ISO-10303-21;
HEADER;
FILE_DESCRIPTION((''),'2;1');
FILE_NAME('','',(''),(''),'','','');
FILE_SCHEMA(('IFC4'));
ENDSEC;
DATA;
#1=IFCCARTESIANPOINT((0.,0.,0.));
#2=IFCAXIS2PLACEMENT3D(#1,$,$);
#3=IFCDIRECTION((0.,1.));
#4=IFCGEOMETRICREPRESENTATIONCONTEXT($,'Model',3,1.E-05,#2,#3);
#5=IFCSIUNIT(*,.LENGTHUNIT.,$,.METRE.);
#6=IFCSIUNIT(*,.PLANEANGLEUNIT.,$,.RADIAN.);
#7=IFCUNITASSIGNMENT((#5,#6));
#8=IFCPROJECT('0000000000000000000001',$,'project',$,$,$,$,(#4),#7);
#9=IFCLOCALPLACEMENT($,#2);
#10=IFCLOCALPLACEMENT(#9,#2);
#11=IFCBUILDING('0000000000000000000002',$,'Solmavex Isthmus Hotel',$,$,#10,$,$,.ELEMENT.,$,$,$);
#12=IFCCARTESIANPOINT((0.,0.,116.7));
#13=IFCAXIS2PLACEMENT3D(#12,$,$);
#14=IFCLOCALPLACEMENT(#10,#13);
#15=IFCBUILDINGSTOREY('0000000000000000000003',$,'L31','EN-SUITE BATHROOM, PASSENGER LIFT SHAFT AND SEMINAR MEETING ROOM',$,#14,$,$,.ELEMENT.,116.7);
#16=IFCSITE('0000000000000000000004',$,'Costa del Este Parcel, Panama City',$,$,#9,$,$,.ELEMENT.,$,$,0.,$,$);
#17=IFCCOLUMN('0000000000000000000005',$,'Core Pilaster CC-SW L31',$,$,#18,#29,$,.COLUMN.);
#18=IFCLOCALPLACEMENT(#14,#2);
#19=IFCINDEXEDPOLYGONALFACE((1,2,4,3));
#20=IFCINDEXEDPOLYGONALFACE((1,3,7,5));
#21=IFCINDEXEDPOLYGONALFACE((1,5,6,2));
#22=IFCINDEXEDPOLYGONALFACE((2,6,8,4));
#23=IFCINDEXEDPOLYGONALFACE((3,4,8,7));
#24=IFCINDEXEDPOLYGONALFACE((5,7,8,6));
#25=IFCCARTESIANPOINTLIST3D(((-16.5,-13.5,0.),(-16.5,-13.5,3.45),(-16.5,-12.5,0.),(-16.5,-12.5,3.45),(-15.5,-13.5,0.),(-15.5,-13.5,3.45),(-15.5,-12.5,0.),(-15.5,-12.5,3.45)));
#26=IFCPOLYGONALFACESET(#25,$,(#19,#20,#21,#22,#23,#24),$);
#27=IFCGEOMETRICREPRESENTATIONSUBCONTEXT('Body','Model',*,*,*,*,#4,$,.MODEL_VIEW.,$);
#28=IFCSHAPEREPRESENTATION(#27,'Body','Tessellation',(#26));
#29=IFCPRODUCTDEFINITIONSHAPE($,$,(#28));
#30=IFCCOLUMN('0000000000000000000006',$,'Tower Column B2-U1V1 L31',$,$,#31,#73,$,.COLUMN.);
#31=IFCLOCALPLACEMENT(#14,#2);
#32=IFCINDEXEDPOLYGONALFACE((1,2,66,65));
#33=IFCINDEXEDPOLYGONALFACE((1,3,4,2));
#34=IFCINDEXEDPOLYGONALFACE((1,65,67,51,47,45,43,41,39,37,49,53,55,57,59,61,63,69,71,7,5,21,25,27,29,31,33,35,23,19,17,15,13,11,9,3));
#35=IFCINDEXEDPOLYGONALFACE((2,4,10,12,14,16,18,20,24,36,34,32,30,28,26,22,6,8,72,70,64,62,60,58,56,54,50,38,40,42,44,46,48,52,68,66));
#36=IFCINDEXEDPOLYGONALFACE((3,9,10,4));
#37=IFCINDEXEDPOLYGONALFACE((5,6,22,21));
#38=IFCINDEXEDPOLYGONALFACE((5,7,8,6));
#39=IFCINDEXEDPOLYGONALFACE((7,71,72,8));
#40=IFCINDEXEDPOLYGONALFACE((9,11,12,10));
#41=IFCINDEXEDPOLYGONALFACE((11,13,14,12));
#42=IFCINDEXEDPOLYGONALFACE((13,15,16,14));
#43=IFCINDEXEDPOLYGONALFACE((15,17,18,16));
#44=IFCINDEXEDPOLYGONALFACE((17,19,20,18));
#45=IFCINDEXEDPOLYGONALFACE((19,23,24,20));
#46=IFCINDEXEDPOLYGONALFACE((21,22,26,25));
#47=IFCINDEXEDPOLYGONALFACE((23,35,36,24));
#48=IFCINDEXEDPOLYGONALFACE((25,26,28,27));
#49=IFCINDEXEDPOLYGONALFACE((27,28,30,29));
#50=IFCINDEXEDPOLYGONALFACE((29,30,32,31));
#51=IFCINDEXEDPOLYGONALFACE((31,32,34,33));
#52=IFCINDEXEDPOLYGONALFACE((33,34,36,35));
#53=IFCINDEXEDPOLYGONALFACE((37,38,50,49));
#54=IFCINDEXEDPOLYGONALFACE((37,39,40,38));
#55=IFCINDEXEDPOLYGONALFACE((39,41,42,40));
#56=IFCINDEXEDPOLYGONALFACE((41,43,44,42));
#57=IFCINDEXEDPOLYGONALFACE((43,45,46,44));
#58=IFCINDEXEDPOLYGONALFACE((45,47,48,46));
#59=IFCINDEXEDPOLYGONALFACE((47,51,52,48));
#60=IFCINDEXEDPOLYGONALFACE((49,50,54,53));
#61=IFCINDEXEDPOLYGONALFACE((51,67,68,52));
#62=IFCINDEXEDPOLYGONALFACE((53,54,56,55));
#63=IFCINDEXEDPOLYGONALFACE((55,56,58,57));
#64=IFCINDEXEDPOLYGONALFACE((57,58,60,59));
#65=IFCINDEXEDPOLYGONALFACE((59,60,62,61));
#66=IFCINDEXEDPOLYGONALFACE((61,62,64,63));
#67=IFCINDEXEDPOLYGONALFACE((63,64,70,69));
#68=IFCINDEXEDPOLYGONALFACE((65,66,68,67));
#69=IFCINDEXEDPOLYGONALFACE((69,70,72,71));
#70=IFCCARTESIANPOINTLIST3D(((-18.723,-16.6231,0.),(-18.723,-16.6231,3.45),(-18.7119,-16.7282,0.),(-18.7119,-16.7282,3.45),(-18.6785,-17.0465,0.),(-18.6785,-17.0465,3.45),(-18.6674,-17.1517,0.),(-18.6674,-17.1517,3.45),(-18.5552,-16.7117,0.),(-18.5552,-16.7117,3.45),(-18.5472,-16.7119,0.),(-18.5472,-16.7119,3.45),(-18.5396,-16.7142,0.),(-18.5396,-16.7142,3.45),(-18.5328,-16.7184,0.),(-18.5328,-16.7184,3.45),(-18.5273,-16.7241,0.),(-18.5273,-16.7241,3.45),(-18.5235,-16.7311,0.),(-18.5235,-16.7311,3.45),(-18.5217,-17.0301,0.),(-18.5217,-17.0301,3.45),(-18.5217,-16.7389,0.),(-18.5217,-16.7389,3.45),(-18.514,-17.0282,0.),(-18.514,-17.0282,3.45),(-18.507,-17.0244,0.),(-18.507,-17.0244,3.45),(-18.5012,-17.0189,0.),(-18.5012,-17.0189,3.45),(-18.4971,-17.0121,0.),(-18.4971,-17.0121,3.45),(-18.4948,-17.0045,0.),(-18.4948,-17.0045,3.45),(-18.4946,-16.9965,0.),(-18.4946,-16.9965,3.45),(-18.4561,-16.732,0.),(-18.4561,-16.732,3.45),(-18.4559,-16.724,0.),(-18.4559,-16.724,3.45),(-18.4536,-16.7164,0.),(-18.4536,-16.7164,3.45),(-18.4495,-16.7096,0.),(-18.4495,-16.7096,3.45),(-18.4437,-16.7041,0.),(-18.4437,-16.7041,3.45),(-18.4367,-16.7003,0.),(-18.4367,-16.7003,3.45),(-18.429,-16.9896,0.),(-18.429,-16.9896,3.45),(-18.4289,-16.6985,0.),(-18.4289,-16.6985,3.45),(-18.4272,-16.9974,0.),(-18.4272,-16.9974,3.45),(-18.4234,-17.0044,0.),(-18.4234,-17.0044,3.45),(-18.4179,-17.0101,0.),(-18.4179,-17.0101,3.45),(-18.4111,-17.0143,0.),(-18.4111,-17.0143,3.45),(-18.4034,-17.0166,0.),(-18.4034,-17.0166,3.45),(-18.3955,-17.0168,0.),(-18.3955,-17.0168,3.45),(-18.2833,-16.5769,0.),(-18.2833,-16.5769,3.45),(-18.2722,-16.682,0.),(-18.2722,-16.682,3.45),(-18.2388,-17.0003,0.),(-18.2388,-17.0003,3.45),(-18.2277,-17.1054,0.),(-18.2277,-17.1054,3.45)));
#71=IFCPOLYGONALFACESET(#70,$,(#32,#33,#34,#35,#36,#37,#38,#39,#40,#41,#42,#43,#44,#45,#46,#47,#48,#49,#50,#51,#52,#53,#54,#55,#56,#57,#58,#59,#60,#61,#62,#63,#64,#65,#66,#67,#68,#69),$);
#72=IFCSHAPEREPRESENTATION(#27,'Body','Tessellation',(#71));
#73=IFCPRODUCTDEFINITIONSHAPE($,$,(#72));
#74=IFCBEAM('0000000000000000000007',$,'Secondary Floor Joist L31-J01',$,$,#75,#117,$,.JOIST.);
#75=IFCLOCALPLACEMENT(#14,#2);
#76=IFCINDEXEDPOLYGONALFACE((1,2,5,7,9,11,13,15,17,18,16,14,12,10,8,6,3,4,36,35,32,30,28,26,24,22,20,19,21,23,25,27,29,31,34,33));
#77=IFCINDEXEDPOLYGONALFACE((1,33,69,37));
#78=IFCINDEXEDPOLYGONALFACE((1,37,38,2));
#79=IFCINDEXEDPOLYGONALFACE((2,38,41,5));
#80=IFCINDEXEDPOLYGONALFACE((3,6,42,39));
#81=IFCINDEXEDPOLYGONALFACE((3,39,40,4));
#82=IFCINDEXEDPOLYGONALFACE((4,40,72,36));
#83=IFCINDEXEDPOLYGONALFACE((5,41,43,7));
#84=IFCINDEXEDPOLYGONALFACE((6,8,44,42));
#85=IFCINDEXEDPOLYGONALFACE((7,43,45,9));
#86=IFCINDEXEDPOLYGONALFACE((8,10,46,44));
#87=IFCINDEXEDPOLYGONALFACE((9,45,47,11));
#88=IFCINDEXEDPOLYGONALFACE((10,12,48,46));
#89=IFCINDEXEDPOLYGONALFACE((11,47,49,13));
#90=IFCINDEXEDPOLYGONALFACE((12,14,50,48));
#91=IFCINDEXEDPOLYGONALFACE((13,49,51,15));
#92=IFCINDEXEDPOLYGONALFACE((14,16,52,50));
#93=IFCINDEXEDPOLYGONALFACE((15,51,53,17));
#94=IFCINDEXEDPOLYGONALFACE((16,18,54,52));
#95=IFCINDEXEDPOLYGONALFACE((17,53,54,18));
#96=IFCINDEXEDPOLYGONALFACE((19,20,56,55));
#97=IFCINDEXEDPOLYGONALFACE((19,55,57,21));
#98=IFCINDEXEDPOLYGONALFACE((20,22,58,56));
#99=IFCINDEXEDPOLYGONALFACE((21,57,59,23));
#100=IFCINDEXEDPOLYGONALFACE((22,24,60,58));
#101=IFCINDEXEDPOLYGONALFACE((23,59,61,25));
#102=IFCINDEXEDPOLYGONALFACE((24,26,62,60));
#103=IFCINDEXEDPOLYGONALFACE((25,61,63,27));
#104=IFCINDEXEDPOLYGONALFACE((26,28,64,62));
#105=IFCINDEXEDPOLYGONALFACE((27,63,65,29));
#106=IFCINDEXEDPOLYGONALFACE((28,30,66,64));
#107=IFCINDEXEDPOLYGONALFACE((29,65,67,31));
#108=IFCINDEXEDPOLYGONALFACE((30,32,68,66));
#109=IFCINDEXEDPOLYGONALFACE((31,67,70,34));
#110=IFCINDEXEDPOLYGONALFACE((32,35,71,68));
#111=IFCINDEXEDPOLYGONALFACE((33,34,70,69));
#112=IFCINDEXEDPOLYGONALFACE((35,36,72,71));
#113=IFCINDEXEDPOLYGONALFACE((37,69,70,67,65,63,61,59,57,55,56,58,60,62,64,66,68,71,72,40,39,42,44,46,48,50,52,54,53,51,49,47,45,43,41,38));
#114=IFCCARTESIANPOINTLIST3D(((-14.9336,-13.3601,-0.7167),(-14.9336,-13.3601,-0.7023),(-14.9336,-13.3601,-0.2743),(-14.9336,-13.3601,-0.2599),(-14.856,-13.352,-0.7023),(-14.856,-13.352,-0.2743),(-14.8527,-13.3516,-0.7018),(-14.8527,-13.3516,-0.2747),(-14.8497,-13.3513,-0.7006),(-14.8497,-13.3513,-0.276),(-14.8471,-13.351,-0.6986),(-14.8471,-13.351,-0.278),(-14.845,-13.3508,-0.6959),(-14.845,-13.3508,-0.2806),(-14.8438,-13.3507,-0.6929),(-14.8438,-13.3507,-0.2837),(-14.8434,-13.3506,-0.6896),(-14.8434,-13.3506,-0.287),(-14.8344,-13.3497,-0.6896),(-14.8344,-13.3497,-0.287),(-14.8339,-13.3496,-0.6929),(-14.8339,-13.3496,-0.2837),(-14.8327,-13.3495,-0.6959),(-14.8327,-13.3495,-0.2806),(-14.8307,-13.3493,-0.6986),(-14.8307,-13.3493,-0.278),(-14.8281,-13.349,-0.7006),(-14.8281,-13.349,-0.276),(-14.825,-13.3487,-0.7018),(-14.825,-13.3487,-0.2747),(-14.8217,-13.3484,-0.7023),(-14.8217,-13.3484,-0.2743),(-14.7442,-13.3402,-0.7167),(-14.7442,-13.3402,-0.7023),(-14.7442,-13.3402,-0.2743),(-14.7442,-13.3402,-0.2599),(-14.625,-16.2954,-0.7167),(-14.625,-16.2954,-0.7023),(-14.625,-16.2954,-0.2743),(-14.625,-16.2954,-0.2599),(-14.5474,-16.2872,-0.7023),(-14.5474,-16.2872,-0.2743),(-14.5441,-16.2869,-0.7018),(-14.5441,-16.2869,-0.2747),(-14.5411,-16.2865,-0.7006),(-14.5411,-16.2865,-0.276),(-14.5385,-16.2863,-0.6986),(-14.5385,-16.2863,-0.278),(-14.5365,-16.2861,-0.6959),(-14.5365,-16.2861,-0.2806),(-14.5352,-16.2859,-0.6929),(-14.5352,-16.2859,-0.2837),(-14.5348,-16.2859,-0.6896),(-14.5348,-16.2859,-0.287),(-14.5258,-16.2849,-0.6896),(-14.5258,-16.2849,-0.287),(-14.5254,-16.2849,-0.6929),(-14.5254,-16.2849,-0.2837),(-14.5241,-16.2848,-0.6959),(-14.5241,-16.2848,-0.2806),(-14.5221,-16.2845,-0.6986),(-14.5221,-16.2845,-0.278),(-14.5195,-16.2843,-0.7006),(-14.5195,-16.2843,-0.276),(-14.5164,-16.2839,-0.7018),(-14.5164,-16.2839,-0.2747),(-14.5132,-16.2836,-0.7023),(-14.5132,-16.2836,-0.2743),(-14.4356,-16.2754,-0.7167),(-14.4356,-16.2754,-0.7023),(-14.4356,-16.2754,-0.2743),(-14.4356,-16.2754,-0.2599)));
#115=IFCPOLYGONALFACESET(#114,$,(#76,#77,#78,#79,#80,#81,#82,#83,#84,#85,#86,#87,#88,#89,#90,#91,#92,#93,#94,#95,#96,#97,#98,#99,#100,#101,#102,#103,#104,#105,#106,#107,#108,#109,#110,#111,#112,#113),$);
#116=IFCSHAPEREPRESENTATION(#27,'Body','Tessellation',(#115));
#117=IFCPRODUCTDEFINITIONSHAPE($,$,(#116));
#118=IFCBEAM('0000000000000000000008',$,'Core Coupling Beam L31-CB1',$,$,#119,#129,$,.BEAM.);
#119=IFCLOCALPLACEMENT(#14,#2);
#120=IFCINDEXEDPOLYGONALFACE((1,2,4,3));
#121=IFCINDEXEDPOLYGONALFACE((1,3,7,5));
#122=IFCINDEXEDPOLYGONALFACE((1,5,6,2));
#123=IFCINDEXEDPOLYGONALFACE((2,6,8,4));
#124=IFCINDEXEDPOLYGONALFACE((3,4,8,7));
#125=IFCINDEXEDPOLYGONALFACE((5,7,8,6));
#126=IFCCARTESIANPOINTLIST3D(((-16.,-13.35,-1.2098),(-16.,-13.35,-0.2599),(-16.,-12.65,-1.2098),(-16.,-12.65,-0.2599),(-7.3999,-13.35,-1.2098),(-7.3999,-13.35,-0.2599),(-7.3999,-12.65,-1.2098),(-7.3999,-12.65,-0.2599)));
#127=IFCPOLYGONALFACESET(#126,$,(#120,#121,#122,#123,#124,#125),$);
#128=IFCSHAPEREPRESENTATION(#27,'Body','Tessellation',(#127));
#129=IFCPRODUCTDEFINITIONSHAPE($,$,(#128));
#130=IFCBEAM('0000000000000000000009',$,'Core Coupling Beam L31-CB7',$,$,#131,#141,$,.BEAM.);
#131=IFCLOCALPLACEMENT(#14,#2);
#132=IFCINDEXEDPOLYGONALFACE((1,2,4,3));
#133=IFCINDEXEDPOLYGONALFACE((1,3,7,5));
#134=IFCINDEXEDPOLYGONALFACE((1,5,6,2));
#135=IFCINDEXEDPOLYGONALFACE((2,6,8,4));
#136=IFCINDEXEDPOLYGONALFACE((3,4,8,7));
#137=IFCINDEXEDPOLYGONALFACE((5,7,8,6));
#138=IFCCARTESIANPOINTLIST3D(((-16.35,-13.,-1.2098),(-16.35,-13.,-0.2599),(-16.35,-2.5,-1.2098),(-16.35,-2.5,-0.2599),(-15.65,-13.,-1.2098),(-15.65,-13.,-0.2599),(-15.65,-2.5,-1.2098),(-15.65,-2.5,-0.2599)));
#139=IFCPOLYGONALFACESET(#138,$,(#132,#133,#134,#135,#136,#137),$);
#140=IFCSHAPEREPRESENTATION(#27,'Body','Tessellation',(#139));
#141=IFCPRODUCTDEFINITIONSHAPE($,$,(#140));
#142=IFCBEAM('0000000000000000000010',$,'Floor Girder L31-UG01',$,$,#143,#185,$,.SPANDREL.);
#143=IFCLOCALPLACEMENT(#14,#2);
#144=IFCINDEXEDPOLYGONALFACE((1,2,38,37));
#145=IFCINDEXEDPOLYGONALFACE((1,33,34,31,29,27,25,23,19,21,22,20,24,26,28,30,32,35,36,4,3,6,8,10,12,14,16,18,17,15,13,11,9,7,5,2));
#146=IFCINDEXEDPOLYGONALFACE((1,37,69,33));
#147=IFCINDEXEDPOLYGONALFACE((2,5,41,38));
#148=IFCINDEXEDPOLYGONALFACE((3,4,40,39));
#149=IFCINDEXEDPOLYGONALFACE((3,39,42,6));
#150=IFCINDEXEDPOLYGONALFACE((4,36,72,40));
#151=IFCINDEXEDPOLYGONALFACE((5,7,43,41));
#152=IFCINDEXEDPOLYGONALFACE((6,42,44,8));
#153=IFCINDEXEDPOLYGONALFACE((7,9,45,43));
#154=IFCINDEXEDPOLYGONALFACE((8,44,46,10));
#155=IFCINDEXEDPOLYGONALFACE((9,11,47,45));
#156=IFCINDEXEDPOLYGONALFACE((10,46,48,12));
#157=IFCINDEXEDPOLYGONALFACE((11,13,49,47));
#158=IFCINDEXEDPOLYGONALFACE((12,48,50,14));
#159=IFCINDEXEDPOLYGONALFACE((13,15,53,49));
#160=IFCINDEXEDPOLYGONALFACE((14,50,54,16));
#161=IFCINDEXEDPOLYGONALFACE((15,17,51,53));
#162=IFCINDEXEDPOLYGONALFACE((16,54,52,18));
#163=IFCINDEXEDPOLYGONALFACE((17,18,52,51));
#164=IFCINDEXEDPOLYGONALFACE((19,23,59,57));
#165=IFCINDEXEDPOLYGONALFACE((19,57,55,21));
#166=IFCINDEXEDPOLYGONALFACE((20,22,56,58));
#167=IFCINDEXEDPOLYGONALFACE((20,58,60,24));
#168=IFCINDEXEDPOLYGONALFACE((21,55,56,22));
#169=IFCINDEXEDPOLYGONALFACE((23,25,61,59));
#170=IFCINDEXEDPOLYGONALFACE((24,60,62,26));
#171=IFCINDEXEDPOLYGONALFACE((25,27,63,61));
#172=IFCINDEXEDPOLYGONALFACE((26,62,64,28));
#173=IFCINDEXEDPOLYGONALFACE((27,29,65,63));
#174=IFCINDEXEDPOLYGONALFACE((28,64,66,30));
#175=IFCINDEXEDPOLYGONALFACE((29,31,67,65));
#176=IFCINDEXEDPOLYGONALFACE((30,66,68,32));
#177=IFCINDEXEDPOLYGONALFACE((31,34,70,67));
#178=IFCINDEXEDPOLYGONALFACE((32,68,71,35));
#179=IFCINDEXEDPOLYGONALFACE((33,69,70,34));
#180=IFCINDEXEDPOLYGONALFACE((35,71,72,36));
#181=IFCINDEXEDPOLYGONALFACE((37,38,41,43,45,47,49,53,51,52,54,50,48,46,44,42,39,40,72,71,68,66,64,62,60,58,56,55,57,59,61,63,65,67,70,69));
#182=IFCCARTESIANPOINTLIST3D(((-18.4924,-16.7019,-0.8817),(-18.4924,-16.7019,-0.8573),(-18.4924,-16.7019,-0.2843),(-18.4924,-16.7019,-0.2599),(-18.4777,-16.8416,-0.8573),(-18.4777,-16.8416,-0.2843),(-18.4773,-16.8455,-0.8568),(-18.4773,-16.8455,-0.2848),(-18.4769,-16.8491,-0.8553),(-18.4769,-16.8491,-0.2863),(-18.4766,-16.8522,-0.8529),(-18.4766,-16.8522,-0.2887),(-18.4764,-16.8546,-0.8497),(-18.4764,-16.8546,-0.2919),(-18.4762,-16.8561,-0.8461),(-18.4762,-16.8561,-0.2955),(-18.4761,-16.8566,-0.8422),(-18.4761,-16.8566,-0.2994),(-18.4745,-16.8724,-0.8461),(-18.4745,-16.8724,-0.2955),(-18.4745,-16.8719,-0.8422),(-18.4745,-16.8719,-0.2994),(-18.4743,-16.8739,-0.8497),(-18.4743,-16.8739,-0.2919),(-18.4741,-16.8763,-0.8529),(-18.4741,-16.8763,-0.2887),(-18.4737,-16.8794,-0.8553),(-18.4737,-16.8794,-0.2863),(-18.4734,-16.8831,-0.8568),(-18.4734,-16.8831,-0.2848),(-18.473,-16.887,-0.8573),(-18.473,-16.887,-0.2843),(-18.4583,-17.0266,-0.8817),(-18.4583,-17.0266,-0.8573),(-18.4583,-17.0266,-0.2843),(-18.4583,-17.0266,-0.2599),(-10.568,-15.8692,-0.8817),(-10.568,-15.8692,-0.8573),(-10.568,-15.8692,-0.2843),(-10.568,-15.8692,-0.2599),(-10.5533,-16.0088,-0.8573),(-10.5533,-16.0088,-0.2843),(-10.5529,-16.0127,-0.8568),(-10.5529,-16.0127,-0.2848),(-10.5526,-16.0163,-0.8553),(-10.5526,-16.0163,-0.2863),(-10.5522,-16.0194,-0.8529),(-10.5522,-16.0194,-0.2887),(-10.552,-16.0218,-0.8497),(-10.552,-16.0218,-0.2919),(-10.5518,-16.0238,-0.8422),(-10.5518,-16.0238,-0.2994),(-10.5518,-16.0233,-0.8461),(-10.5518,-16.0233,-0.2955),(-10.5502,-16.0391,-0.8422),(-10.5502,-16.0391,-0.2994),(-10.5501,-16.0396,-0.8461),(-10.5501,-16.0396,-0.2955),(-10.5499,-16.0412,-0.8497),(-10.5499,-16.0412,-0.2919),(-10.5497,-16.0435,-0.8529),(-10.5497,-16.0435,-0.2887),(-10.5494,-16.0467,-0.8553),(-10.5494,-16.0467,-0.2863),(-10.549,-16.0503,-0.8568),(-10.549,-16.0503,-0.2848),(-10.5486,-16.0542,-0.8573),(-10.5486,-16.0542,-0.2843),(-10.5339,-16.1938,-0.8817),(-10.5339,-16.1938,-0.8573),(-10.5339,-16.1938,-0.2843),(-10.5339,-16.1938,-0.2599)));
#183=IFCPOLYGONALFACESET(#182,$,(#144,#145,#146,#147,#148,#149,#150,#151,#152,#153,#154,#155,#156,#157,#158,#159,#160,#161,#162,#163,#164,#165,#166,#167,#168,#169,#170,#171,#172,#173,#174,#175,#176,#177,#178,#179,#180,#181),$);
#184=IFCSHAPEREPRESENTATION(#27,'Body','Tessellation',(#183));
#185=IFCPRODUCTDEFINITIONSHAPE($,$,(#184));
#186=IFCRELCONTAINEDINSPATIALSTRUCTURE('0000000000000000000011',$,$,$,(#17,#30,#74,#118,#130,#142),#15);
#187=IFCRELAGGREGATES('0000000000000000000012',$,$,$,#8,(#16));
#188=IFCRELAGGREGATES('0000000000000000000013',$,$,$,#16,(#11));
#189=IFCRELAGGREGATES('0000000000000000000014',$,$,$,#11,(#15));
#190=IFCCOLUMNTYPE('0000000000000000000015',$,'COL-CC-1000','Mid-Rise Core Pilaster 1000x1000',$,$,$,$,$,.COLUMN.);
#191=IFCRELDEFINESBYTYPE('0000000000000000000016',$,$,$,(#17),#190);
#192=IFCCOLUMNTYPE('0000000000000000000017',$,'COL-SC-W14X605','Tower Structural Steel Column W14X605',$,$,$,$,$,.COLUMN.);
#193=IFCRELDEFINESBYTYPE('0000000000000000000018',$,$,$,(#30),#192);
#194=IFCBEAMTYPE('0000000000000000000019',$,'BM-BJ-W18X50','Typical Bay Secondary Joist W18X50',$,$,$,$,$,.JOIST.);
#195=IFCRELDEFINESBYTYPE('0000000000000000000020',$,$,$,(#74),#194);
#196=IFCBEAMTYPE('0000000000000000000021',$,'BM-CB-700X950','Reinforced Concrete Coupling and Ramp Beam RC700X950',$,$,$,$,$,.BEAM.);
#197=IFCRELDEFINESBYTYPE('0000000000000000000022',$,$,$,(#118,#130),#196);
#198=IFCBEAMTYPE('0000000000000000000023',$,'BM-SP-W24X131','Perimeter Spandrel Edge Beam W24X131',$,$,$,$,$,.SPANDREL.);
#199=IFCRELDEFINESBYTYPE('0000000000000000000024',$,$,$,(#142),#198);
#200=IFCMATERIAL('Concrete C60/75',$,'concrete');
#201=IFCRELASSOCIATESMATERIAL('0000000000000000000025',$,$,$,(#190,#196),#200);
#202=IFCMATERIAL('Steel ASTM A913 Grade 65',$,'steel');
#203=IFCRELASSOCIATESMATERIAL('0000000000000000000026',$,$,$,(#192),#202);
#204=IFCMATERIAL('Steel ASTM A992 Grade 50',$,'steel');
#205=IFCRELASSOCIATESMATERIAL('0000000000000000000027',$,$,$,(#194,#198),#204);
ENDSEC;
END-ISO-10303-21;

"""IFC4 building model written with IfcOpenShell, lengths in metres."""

from ifc_helpers import new_model, si_unit, direction, frame, origin, origin_2d, place, context, subcontext, project, spatial, rectangle, i_section, extrude, material, material_profile, profile_set, type_object, element, save


model = new_model("IFC4")

# Units and contexts
model_context = context("Model", 3, precision=1e-05, world=origin(), true_north=direction((0.0, 1.0)))
body_context = subcontext(model_context, "Body", "Model", "MODEL_VIEW")
ifc_project = project(units=[si_unit("LENGTHUNIT", "METRE"), si_unit("PLANEANGLEUNIT", "RADIAN")], contexts=[model_context])

# Site, building, storey
site_placement = place(None, origin())
site = spatial("IfcSite", under=ifc_project, at=site_placement, Name="Costa del Este Parcel, Panama City", CompositionType="ELEMENT", RefElevation=0.0)
building_placement = place(site_placement, origin())
building = spatial("IfcBuilding", under=site, at=building_placement, Name="Solmavex Isthmus Hotel", CompositionType="ELEMENT")
storey_placement = place(building_placement, frame((0.0, 0.0, 116.7)))
storey = spatial("IfcBuildingStorey", under=building, at=storey_placement, Name="L31", Description="EN-SUITE BATHROOM, PASSENGER LIFT SHAFT AND SEMINAR MEETING ROOM", CompositionType="ELEMENT", Elevation=116.7)

# Columns
ifc_material_1 = material(Name="Concrete C60/75", Category="concrete")
ifc_material_profile_1 = material_profile(ifc_material_1, rectangle(XDim=1.0, YDim=1.0, at=origin_2d()), Name="RC1000X1000")
ifc_profile_set_1 = profile_set([ifc_material_profile_1], Name="Concrete C60/75")
column_type_1 = type_object("IfcColumnType", Name="COL-CC-1000", Description="Mid-Rise Core Pilaster 1000x1000", PredefinedType="COLUMN", material=ifc_profile_set_1)
column_1_placement = place(storey_placement, frame((-16.0, -13.0, 0.0), z_axis=(0.0, 0.0, 1.0), x_axis=(1.0, 0.0, 0.0)))
element("IfcColumn", 1, at=column_1_placement, inside=storey, type_object=column_type_1, Name="Core Pilaster CC-SW L31", PredefinedType="COLUMN", context=body_context, shape_type="SweptSolid", body=[
    extrude(rectangle(XDim=1.0, YDim=1.0, at=origin_2d()), origin(), (0.0, 0.0, 1.0), 3.45),
])
ifc_material_2 = material(Name="Steel ASTM A913 Grade 65", Category="steel")
ifc_material_profile_2 = material_profile(ifc_material_2, i_section(OverallWidth=0.4421, OverallDepth=0.5315, WebThickness=0.0659, FlangeThickness=0.1057, FilletRadius=0.0305, at=origin_2d()), Name="W14X605")
ifc_profile_set_2 = profile_set([ifc_material_profile_2], Name="Steel ASTM A913 Grade 65")
column_type_2 = type_object("IfcColumnType", Name="COL-SC-W14X605", Description="Tower Structural Steel Column W14X605", PredefinedType="COLUMN", material=ifc_profile_set_2)
column_2_placement = place(storey_placement, frame((-18.4753, -16.8643, 0.0), z_axis=(0.0, 0.0, 1.0), x_axis=(0.994522, 0.104528, 0.0)))
element("IfcColumn", 2, at=column_2_placement, inside=storey, type_object=column_type_2, Name="Tower Column B2-U1V1 L31", PredefinedType="COLUMN", context=body_context, shape_type="SweptSolid", body=[
    extrude(i_section(OverallWidth=0.4421, OverallDepth=0.5315, WebThickness=0.0659, FlangeThickness=0.1057, FilletRadius=0.0305, at=origin_2d()), origin(), (0.0, 0.0, 1.0), 3.45),
])

# Beams
ifc_material_3 = material(Name="Steel ASTM A992 Grade 50", Category="steel")
ifc_material_profile_3 = material_profile(ifc_material_3, i_section(OverallWidth=0.1904, OverallDepth=0.4568, WebThickness=0.009, FlangeThickness=0.0144, FilletRadius=0.0127, at=origin_2d()), Name="W18X50")
ifc_profile_set_3 = profile_set([ifc_material_profile_3], Name="Steel ASTM A992 Grade 50")
beam_type_1 = type_object("IfcBeamType", Name="BM-BJ-W18X50", Description="Typical Bay Secondary Joist W18X50", PredefinedType="JOIST", material=ifc_profile_set_3)
beam_1_placement = place(storey_placement, frame((-14.5303, -16.2854, -0.4883), z_axis=(-0.104556, 0.994519, 0.0), x_axis=(-0.994519, -0.104556, 0.0)))
element("IfcBeam", 3, at=beam_1_placement, inside=storey, type_object=beam_type_1, Name="Secondary Floor Joist L31-J01", PredefinedType="JOIST", context=body_context, shape_type="SweptSolid", body=[
    extrude(i_section(OverallWidth=0.1904, OverallDepth=0.4568, WebThickness=0.009, FlangeThickness=0.0144, FilletRadius=0.0127, at=origin_2d()), origin(), (0.0, 0.0, 1.0), 2.9514),
])
ifc_material_profile_4 = material_profile(ifc_material_1, rectangle(XDim=0.7, YDim=0.95, at=origin_2d()), Name="RC700X950")
ifc_profile_set_4 = profile_set([ifc_material_profile_4], Name="Concrete C60/75")
beam_type_2 = type_object("IfcBeamType", Name="BM-CB-700X950", Description="Reinforced Concrete Coupling and Ramp Beam RC700X950", PredefinedType="BEAM", material=ifc_profile_set_4)
beam_2_placement = place(storey_placement, frame((-16.0, -13.0, -0.7349), z_axis=(1.0, 0.0, 0.0), x_axis=(0.0, 1.0, 0.0)))
element("IfcBeam", 4, at=beam_2_placement, inside=storey, type_object=beam_type_2, Name="Core Coupling Beam L31-CB1", PredefinedType="BEAM", context=body_context, shape_type="SweptSolid", body=[
    extrude(rectangle(XDim=0.7, YDim=0.95, at=origin_2d()), origin(), (0.0, 0.0, 1.0), 8.6001),
])
beam_3_placement = place(storey_placement, frame((-16.0, -13.0, -0.7349), z_axis=(0.0, 1.0, 0.0), x_axis=(-1.0, 0.0, 0.0)))
element("IfcBeam", 5, at=beam_3_placement, inside=storey, type_object=beam_type_2, Name="Core Coupling Beam L31-CB7", PredefinedType="BEAM", context=body_context, shape_type="SweptSolid", body=[
    extrude(rectangle(XDim=0.7, YDim=0.95, at=origin_2d()), origin(), (0.0, 0.0, 1.0), 10.5),
])
ifc_material_profile_5 = material_profile(ifc_material_3, i_section(OverallWidth=0.3264, OverallDepth=0.6218, WebThickness=0.0154, FlangeThickness=0.0244, FilletRadius=0.0151, at=origin_2d()), Name="W24X131")
ifc_profile_set_5 = profile_set([ifc_material_profile_5], Name="Steel ASTM A992 Grade 50")
beam_type_3 = type_object("IfcBeamType", Name="BM-SP-W24X131", Description="Perimeter Spandrel Edge Beam W24X131", PredefinedType="SPANDREL", material=ifc_profile_set_5)
beam_4_placement = place(storey_placement, frame((-18.4753, -16.8643, -0.5708), z_axis=(0.994523, 0.104514, 0.0), x_axis=(-0.104514, 0.994523, 0.0)))
element("IfcBeam", 6, at=beam_4_placement, inside=storey, type_object=beam_type_3, Name="Floor Girder L31-UG01", PredefinedType="SPANDREL", context=body_context, shape_type="SweptSolid", body=[
    extrude(i_section(OverallWidth=0.3264, OverallDepth=0.6218, WebThickness=0.0154, FlangeThickness=0.0244, FilletRadius=0.0151, at=origin_2d()), origin(), (0.0, 0.0, 1.0), 7.968),
])

save(model, "model.ifc")
